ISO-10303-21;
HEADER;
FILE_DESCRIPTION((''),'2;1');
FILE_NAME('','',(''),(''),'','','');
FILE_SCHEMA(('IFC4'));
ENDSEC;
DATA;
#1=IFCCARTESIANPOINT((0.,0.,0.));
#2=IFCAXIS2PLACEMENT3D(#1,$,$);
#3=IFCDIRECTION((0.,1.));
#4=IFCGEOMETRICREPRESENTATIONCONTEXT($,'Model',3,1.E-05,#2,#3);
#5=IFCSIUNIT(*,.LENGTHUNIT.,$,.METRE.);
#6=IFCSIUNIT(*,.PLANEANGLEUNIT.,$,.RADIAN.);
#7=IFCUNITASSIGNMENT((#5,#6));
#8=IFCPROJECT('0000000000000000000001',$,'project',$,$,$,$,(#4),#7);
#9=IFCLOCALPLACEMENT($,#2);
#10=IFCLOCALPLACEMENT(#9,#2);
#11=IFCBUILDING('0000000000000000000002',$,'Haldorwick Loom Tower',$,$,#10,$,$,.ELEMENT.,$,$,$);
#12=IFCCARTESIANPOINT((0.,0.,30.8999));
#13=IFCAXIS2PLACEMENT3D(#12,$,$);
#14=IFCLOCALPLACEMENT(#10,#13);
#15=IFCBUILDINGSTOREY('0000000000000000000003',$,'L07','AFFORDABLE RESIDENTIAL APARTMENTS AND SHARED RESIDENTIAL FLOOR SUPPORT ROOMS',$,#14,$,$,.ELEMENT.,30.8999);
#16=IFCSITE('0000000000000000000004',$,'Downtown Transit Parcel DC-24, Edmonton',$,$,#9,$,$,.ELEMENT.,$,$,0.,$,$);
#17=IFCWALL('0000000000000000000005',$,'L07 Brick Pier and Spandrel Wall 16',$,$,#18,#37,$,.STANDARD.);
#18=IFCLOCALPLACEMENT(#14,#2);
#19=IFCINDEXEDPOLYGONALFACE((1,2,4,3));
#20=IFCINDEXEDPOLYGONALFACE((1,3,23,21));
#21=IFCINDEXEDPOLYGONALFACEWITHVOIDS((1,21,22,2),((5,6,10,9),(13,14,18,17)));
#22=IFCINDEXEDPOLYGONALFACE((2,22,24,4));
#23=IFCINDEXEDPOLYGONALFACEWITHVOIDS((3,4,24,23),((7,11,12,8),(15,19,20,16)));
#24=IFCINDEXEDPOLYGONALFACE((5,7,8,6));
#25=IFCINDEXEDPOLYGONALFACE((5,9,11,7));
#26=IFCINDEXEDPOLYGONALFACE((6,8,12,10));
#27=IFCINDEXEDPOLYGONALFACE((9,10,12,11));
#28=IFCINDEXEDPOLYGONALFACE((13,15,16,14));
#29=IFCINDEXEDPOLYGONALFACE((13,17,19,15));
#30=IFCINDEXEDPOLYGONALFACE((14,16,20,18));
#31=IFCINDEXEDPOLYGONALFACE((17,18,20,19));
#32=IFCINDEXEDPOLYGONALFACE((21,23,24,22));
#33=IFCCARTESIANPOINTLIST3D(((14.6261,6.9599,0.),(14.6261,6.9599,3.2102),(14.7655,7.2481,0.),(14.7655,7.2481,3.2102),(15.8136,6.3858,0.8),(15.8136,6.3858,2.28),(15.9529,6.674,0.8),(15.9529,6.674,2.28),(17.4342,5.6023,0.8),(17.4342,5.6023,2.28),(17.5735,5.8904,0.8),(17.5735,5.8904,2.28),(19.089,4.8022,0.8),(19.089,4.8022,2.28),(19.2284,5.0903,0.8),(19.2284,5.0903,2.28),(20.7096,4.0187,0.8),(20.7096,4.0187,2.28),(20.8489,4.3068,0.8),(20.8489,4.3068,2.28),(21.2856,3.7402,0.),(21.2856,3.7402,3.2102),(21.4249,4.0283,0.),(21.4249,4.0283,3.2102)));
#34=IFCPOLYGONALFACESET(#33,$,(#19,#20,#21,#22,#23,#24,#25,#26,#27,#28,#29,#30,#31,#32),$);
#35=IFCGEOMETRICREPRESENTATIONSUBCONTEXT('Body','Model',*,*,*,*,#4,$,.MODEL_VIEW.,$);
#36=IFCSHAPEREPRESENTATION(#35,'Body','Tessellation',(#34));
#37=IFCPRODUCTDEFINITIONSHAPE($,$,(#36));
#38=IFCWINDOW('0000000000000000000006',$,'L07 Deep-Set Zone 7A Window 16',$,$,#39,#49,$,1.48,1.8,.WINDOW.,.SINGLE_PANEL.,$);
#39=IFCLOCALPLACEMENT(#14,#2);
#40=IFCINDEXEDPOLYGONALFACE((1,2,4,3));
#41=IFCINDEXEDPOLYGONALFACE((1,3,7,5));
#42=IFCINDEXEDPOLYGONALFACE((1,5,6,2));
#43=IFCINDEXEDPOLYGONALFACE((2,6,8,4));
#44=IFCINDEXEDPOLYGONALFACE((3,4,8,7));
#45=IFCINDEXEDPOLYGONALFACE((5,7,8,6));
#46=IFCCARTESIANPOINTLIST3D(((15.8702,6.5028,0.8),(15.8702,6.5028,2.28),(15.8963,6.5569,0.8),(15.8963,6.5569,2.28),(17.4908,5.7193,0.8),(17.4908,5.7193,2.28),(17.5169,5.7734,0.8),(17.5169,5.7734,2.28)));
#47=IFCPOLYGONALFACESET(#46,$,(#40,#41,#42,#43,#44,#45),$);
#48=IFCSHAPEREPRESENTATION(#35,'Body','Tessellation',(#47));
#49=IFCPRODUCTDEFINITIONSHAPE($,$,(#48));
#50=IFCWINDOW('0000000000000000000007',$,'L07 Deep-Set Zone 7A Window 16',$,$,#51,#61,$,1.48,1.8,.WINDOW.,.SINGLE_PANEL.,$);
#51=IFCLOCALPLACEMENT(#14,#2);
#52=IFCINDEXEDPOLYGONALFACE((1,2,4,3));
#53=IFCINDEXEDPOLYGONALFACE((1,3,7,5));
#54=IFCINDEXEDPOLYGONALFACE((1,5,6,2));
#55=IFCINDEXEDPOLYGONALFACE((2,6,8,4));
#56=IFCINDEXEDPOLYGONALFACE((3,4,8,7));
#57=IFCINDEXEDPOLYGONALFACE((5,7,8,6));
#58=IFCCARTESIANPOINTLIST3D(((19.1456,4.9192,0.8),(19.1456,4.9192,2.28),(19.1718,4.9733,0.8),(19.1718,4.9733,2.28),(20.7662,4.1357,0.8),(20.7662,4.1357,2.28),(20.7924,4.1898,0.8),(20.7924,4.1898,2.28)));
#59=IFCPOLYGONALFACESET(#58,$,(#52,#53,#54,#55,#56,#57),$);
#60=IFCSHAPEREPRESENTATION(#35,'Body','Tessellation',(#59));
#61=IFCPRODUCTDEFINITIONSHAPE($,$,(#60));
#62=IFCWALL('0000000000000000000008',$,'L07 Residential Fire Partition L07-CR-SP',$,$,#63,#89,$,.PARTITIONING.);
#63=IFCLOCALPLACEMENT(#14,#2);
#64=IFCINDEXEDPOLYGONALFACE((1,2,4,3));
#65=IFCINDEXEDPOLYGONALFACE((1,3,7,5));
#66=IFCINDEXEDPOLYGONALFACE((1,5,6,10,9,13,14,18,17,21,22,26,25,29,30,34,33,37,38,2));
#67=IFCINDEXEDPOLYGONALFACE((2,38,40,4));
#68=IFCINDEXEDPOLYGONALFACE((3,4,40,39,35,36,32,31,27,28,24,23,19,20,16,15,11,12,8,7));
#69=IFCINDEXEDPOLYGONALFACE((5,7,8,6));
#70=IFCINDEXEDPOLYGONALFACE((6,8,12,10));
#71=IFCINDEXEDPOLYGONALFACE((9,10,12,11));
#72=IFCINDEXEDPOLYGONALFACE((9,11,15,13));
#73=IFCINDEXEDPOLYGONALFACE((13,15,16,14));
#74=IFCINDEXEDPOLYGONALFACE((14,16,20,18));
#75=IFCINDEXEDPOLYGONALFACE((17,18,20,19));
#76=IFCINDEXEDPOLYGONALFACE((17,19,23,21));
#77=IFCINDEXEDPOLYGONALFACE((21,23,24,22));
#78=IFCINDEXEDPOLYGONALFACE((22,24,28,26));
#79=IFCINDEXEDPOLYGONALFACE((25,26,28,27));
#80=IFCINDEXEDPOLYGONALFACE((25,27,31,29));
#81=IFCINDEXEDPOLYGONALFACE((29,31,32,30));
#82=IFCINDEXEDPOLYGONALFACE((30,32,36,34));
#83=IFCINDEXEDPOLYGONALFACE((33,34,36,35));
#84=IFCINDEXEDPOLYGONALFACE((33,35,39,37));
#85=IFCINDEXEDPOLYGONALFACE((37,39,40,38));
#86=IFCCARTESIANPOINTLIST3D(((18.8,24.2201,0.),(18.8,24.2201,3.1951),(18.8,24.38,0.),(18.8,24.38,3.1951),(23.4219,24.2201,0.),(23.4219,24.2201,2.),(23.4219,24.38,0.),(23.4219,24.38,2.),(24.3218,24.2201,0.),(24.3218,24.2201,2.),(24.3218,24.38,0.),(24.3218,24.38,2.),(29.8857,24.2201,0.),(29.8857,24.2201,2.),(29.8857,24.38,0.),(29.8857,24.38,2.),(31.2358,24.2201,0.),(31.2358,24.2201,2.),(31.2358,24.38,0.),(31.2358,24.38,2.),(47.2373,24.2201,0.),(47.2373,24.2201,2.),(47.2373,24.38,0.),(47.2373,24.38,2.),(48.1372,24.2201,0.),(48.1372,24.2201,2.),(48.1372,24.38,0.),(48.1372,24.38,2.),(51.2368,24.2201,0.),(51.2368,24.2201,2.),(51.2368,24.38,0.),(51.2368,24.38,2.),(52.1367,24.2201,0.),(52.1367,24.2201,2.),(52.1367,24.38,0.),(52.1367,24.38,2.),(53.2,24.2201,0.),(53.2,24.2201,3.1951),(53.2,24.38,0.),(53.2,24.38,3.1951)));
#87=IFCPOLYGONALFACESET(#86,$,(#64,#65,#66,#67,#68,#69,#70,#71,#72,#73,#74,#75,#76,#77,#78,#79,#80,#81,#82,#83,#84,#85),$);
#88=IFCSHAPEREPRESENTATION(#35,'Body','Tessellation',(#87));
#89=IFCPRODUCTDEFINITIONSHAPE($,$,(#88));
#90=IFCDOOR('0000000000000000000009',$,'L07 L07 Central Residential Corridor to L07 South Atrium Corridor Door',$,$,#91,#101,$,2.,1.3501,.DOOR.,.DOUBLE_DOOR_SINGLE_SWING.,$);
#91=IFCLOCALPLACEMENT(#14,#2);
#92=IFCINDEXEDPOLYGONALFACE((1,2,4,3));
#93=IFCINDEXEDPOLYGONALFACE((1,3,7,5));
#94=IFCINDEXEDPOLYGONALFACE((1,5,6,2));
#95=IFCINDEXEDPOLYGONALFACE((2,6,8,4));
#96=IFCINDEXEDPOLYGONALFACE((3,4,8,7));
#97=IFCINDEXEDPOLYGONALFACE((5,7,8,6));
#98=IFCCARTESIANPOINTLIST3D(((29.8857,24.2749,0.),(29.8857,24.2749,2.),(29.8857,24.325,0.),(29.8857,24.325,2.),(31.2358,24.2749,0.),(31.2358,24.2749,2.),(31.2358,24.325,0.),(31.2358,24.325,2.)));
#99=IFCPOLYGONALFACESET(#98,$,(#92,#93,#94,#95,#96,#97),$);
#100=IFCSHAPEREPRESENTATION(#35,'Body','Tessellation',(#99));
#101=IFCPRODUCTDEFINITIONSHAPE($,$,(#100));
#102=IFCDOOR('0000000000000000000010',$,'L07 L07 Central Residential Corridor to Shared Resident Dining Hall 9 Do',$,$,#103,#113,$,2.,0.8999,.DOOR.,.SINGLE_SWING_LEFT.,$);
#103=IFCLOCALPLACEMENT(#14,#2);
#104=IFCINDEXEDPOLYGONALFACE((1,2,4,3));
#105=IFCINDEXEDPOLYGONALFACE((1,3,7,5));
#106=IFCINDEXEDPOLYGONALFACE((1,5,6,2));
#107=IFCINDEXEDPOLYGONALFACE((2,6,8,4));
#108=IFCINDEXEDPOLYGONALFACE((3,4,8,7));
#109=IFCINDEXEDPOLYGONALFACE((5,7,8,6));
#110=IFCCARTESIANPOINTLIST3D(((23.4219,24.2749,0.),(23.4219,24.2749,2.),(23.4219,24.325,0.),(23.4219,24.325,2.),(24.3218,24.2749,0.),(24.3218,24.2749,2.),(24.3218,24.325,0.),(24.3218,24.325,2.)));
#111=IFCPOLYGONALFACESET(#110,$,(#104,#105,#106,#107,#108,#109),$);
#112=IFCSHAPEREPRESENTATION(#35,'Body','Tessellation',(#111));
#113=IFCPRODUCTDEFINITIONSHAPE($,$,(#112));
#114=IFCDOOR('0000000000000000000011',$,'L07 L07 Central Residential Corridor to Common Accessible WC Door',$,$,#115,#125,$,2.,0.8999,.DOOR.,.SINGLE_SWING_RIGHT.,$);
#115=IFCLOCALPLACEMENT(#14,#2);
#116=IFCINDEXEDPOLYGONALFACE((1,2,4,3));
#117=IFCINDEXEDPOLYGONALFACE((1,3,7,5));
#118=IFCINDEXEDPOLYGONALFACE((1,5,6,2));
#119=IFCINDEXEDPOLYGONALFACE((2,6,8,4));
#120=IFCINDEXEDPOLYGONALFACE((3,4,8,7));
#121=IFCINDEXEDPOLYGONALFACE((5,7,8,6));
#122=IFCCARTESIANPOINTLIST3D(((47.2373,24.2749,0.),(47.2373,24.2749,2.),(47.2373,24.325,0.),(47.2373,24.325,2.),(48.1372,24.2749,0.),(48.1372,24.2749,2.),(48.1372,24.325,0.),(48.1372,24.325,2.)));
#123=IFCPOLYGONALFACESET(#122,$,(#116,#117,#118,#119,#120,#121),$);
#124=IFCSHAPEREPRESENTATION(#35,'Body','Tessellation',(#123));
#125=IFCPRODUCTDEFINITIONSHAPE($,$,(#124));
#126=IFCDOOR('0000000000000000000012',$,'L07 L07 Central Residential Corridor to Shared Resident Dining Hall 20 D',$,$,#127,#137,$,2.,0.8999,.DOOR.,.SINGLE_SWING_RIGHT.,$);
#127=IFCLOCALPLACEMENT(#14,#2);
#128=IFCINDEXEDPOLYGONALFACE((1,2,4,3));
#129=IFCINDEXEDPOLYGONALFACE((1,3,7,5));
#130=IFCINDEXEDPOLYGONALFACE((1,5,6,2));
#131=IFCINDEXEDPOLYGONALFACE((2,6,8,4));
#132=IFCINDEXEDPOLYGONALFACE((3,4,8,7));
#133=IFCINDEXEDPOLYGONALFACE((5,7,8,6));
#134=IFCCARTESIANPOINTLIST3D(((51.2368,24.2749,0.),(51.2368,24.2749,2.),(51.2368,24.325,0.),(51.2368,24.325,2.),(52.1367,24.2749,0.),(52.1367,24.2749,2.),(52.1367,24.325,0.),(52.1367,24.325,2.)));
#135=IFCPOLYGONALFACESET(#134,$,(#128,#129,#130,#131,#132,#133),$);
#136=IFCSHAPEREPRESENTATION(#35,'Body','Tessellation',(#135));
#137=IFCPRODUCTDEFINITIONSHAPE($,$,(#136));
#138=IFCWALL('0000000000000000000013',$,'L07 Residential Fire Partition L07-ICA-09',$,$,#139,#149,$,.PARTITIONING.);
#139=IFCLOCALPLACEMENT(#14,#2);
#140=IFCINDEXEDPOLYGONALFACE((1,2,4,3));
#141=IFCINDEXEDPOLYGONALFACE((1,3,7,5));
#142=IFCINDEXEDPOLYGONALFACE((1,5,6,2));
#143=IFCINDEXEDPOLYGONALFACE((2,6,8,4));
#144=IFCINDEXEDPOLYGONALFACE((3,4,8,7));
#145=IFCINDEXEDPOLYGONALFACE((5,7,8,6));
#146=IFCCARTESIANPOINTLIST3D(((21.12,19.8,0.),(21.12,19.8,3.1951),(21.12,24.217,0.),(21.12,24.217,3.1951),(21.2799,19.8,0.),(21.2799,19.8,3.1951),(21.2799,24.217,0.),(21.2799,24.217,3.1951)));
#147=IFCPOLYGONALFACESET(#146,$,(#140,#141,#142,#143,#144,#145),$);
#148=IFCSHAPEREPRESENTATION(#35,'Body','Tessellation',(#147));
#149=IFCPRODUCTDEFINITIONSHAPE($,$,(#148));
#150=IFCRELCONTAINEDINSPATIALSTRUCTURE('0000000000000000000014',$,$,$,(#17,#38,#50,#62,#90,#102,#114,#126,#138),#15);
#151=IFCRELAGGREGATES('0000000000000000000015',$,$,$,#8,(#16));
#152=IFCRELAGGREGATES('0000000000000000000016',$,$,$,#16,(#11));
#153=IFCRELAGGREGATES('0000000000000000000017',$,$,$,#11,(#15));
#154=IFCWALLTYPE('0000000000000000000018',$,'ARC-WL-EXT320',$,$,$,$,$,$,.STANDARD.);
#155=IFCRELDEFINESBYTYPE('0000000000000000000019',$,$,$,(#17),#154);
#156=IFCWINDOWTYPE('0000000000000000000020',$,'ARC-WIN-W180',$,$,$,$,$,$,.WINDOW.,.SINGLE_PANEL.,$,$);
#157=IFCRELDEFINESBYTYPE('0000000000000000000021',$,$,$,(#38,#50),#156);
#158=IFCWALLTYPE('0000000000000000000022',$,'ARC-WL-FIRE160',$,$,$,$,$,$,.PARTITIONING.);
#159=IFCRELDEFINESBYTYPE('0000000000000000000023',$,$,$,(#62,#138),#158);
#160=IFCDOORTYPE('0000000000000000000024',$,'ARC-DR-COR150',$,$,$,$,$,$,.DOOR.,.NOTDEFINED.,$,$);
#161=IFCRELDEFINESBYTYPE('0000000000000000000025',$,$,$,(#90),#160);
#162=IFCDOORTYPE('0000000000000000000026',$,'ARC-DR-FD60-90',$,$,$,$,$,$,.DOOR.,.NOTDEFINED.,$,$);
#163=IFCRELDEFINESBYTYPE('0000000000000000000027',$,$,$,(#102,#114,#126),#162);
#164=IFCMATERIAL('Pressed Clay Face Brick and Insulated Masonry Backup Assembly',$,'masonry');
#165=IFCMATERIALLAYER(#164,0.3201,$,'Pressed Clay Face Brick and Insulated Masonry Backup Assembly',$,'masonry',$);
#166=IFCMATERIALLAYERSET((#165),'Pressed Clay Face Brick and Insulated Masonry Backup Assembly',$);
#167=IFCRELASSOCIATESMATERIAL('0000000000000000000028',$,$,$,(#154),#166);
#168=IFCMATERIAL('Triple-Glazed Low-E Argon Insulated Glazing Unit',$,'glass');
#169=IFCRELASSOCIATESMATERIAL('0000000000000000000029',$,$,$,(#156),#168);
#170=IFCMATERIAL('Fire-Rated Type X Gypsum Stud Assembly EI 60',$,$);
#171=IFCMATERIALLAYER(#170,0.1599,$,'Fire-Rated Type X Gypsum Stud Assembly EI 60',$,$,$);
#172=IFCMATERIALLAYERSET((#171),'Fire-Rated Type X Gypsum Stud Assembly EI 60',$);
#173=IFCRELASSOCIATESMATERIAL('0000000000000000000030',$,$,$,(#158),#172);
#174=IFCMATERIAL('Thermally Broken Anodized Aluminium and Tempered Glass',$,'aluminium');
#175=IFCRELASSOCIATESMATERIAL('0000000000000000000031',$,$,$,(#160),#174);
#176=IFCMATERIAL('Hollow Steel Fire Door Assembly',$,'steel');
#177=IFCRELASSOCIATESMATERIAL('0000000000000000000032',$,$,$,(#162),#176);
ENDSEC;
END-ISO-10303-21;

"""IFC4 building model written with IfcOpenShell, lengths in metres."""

from ifc_helpers import new_model, si_unit, direction, frame, frame_2d, origin, place, context, subcontext, project, spatial, rectangle, extrude, material, layer, layer_set, type_object, element, fill, save


model = new_model("IFC4")

# Units and contexts
model_context = context("Model", 3, precision=1e-05, world=origin(), true_north=direction((0.0, 1.0)))
body_context = subcontext(model_context, "Body", "Model", "MODEL_VIEW")
ifc_project = project(units=[si_unit("LENGTHUNIT", "METRE"), si_unit("PLANEANGLEUNIT", "RADIAN")], contexts=[model_context])

# Site, building, storey
site_placement = place(None, origin())
site = spatial("IfcSite", under=ifc_project, at=site_placement, Name="Downtown Transit Parcel DC-24, Edmonton", CompositionType="ELEMENT", RefElevation=0.0)
building_placement = place(site_placement, origin())
building = spatial("IfcBuilding", under=site, at=building_placement, Name="Haldorwick Loom Tower", CompositionType="ELEMENT")
storey_placement = place(building_placement, frame((0.0, 0.0, 30.8999)))
storey = spatial("IfcBuildingStorey", under=building, at=storey_placement, Name="L07", Description="AFFORDABLE RESIDENTIAL APARTMENTS AND SHARED RESIDENTIAL FLOOR SUPPORT ROOMS", CompositionType="ELEMENT", Elevation=30.8999)

# Shared definitions
ifc_material_1 = material(Name="Pressed Clay Face Brick and Insulated Masonry Backup Assembly", Category="masonry")
ifc_layer_1 = layer(ifc_material_1, 0.3201, Name="Pressed Clay Face Brick and Insulated Masonry Backup Assembly", Category="masonry")
ifc_layer_set_1 = layer_set([ifc_layer_1], Name="Pressed Clay Face Brick and Insulated Masonry Backup Assembly")
wall_type_1 = type_object("IfcWallType", Name="ARC-WL-EXT320", PredefinedType="STANDARD", material=ifc_layer_set_1)

# Wall, openings, windows
wall_1_placement = place(storey_placement, frame((14.6958, 7.104, 0.0), z_axis=(0.0, 0.0, 1.0), x_axis=(0.900296, -0.435279, 0.0)))
wall_1 = element("IfcWall", 1, at=wall_1_placement, inside=storey, type_object=wall_type_1, Name="L07 Brick Pier and Spandrel Wall 16", PredefinedType="STANDARD", context=body_context, shape_type="SweptSolid", body=[
    extrude(rectangle(XDim=7.397, YDim=0.3201, at=frame_2d((3.6985, 0.0))), origin(), (0.0, 0.0, 1.0), 3.2102),
])
opening_1_placement = place(wall_1_placement, frame((1.3191, 0.0, 0.8)))
opening_1 = element("IfcOpeningElement", 2, at=opening_1_placement, cuts=wall_1, PredefinedType="OPENING", context=body_context, shape_type="SweptSolid", body=[
    extrude(rectangle(XDim=1.8, YDim=1.48, at=frame_2d((0.8999, 0.74))), frame((0.0, 0.1699, 0.0), z_axis=(0.0, -1.0, 0.0), x_axis=(1.0, 0.0, 0.0)), (0.0, 0.0, 1.0), 0.3401),
])
opening_2_placement = place(wall_1_placement, frame((4.9573, 0.0, 0.8)))
opening_2 = element("IfcOpeningElement", 3, at=opening_2_placement, cuts=wall_1, PredefinedType="OPENING", context=body_context, shape_type="SweptSolid", body=[
    extrude(rectangle(XDim=1.8, YDim=1.48, at=frame_2d((0.8999, 0.74))), frame((0.0, 0.1699, 0.0), z_axis=(0.0, -1.0, 0.0), x_axis=(1.0, 0.0, 0.0)), (0.0, 0.0, 1.0), 0.3401),
])
ifc_material_2 = material(Name="Triple-Glazed Low-E Argon Insulated Glazing Unit", Category="glass")
window_type = type_object("IfcWindowType", Name="ARC-WIN-W180", PartitioningType="SINGLE_PANEL", PredefinedType="WINDOW", material=ifc_material_2)
window_1_placement = place(opening_1_placement, origin())
window_1 = element("IfcWindow", 4, at=window_1_placement, inside=storey, type_object=window_type, Name="L07 Deep-Set Zone 7A Window 16", OverallHeight=1.48, OverallWidth=1.8, PartitioningType="SINGLE_PANEL", PredefinedType="WINDOW", context=body_context, shape_type="SweptSolid", body=[
    extrude(rectangle(XDim=1.8, YDim=1.48, at=frame_2d((0.8999, 0.74))), frame((0.0, 0.03, 0.0), z_axis=(0.0, -1.0, 0.0), x_axis=(1.0, 0.0, 0.0)), (0.0, 0.0, 1.0), 0.0601),
])
fill(opening_1, window_1)
window_2_placement = place(opening_2_placement, origin())
window_2 = element("IfcWindow", 5, at=window_2_placement, inside=storey, type_object=window_type, Name="L07 Deep-Set Zone 7A Window 16", OverallHeight=1.48, OverallWidth=1.8, PartitioningType="SINGLE_PANEL", PredefinedType="WINDOW", context=body_context, shape_type="SweptSolid", body=[
    extrude(rectangle(XDim=1.8, YDim=1.48, at=frame_2d((0.8999, 0.74))), frame((0.0, 0.03, 0.0), z_axis=(0.0, -1.0, 0.0), x_axis=(1.0, 0.0, 0.0)), (0.0, 0.0, 1.0), 0.0601),
])
fill(opening_2, window_2)

# Wall, openings, doors
ifc_material_3 = material(Name="Fire-Rated Type X Gypsum Stud Assembly EI 60")
ifc_layer_2 = layer(ifc_material_3, 0.1599, Name="Fire-Rated Type X Gypsum Stud Assembly EI 60")
ifc_layer_set_2 = layer_set([ifc_layer_2], Name="Fire-Rated Type X Gypsum Stud Assembly EI 60")
wall_type_2 = type_object("IfcWallType", Name="ARC-WL-FIRE160", PredefinedType="PARTITIONING", material=ifc_layer_set_2)
wall_2_placement = place(storey_placement, frame((18.8, 24.3, 0.0), z_axis=(0.0, 0.0, 1.0), x_axis=(1.0, 0.0, 0.0)))
wall_2 = element("IfcWall", 6, at=wall_2_placement, inside=storey, type_object=wall_type_2, Name="L07 Residential Fire Partition L07-CR-SP", PredefinedType="PARTITIONING", context=body_context, shape_type="SweptSolid", body=[
    extrude(rectangle(XDim=34.3999, YDim=0.1599, at=frame_2d((17.2, 0.0))), origin(), (0.0, 0.0, 1.0), 3.1951),
])
opening_3_placement = place(wall_2_placement, frame((11.0857, 0.0, 0.0)))
opening_3 = element("IfcOpeningElement", 7, at=opening_3_placement, cuts=wall_2, PredefinedType="OPENING", context=body_context, shape_type="SweptSolid", body=[
    extrude(rectangle(XDim=1.3501, YDim=2.0, at=frame_2d((0.675, 1.0))), frame((0.0, 0.0898, 0.0), z_axis=(0.0, -1.0, 0.0), x_axis=(1.0, 0.0, 0.0)), (0.0, 0.0, 1.0), 0.1799),
])
opening_4_placement = place(wall_2_placement, frame((4.6218, 0.0, 0.0)))
opening_4 = element("IfcOpeningElement", 8, at=opening_4_placement, cuts=wall_2, PredefinedType="OPENING", context=body_context, shape_type="SweptSolid", body=[
    extrude(rectangle(XDim=0.8999, YDim=2.0, at=frame_2d((0.45, 1.0))), frame((0.0, 0.0898, 0.0), z_axis=(0.0, -1.0, 0.0), x_axis=(1.0, 0.0, 0.0)), (0.0, 0.0, 1.0), 0.1799),
])
opening_5_placement = place(wall_2_placement, frame((28.4373, 0.0, 0.0)))
opening_5 = element("IfcOpeningElement", 9, at=opening_5_placement, cuts=wall_2, PredefinedType="OPENING", context=body_context, shape_type="SweptSolid", body=[
    extrude(rectangle(XDim=0.8999, YDim=2.0, at=frame_2d((0.45, 1.0))), frame((0.0, 0.0898, 0.0), z_axis=(0.0, -1.0, 0.0), x_axis=(1.0, 0.0, 0.0)), (0.0, 0.0, 1.0), 0.1799),
])
opening_6_placement = place(wall_2_placement, frame((32.4368, 0.0, 0.0)))
opening_6 = element("IfcOpeningElement", 10, at=opening_6_placement, cuts=wall_2, PredefinedType="OPENING", context=body_context, shape_type="SweptSolid", body=[
    extrude(rectangle(XDim=0.8999, YDim=2.0, at=frame_2d((0.45, 1.0))), frame((0.0, 0.0898, 0.0), z_axis=(0.0, -1.0, 0.0), x_axis=(1.0, 0.0, 0.0)), (0.0, 0.0, 1.0), 0.1799),
])
ifc_material_4 = material(Name="Thermally Broken Anodized Aluminium and Tempered Glass", Category="aluminium")
door_type_1 = type_object("IfcDoorType", Name="ARC-DR-COR150", OperationType="NOTDEFINED", PredefinedType="DOOR", material=ifc_material_4)
door_1_placement = place(opening_3_placement, origin())
door_1 = element("IfcDoor", 11, at=door_1_placement, inside=storey, type_object=door_type_1, Name="L07 L07 Central Residential Corridor to L07 South Atrium Corridor Door", OperationType="DOUBLE_DOOR_SINGLE_SWING", OverallHeight=2.0, OverallWidth=1.3501, PredefinedType="DOOR", context=body_context, shape_type="SweptSolid", body=[
    extrude(rectangle(XDim=1.3501, YDim=2.0, at=frame_2d((0.675, 1.0))), frame((0.0, 0.0249, 0.0), z_axis=(0.0, -1.0, 0.0), x_axis=(1.0, 0.0, 0.0)), (0.0, 0.0, 1.0), 0.05),
])
fill(opening_3, door_1)
ifc_material_5 = material(Name="Hollow Steel Fire Door Assembly", Category="steel")
door_type_2 = type_object("IfcDoorType", Name="ARC-DR-FD60-90", OperationType="NOTDEFINED", PredefinedType="DOOR", material=ifc_material_5)
door_2_placement = place(opening_4_placement, origin())
door_2 = element("IfcDoor", 12, at=door_2_placement, inside=storey, type_object=door_type_2, Name="L07 L07 Central Residential Corridor to Shared Resident Dining Hall 9 Do", OperationType="SINGLE_SWING_LEFT", OverallHeight=2.0, OverallWidth=0.8999, PredefinedType="DOOR", context=body_context, shape_type="SweptSolid", body=[
    extrude(rectangle(XDim=0.8999, YDim=2.0, at=frame_2d((0.45, 1.0))), frame((0.0, 0.0249, 0.0), z_axis=(0.0, -1.0, 0.0), x_axis=(1.0, 0.0, 0.0)), (0.0, 0.0, 1.0), 0.05),
])
fill(opening_4, door_2)
door_3_placement = place(opening_5_placement, origin())
door_3 = element("IfcDoor", 13, at=door_3_placement, inside=storey, type_object=door_type_2, Name="L07 L07 Central Residential Corridor to Common Accessible WC Door", OperationType="SINGLE_SWING_RIGHT", OverallHeight=2.0, OverallWidth=0.8999, PredefinedType="DOOR", context=body_context, shape_type="SweptSolid", body=[
    extrude(rectangle(XDim=0.8999, YDim=2.0, at=frame_2d((0.45, 1.0))), frame((0.0, 0.0249, 0.0), z_axis=(0.0, -1.0, 0.0), x_axis=(1.0, 0.0, 0.0)), (0.0, 0.0, 1.0), 0.05),
])
fill(opening_5, door_3)
door_4_placement = place(opening_6_placement, origin())
door_4 = element("IfcDoor", 14, at=door_4_placement, inside=storey, type_object=door_type_2, Name="L07 L07 Central Residential Corridor to Shared Resident Dining Hall 20 D", OperationType="SINGLE_SWING_RIGHT", OverallHeight=2.0, OverallWidth=0.8999, PredefinedType="DOOR", context=body_context, shape_type="SweptSolid", body=[
    extrude(rectangle(XDim=0.8999, YDim=2.0, at=frame_2d((0.45, 1.0))), frame((0.0, 0.0249, 0.0), z_axis=(0.0, -1.0, 0.0), x_axis=(1.0, 0.0, 0.0)), (0.0, 0.0, 1.0), 0.05),
])
fill(opening_6, door_4)

# Wall
wall_3_placement = place(storey_placement, frame((21.2, 24.217, 0.0), z_axis=(0.0, 0.0, 1.0), x_axis=(0.0, -1.0, 0.0)))
element("IfcWall", 15, at=wall_3_placement, inside=storey, type_object=wall_type_2, Name="L07 Residential Fire Partition L07-ICA-09", PredefinedType="PARTITIONING", context=body_context, shape_type="SweptSolid", body=[
    extrude(rectangle(XDim=4.417, YDim=0.1599, at=frame_2d((2.2085, 0.0))), origin(), (0.0, 0.0, 1.0), 3.1951),
])

save(model, "model.ifc")
